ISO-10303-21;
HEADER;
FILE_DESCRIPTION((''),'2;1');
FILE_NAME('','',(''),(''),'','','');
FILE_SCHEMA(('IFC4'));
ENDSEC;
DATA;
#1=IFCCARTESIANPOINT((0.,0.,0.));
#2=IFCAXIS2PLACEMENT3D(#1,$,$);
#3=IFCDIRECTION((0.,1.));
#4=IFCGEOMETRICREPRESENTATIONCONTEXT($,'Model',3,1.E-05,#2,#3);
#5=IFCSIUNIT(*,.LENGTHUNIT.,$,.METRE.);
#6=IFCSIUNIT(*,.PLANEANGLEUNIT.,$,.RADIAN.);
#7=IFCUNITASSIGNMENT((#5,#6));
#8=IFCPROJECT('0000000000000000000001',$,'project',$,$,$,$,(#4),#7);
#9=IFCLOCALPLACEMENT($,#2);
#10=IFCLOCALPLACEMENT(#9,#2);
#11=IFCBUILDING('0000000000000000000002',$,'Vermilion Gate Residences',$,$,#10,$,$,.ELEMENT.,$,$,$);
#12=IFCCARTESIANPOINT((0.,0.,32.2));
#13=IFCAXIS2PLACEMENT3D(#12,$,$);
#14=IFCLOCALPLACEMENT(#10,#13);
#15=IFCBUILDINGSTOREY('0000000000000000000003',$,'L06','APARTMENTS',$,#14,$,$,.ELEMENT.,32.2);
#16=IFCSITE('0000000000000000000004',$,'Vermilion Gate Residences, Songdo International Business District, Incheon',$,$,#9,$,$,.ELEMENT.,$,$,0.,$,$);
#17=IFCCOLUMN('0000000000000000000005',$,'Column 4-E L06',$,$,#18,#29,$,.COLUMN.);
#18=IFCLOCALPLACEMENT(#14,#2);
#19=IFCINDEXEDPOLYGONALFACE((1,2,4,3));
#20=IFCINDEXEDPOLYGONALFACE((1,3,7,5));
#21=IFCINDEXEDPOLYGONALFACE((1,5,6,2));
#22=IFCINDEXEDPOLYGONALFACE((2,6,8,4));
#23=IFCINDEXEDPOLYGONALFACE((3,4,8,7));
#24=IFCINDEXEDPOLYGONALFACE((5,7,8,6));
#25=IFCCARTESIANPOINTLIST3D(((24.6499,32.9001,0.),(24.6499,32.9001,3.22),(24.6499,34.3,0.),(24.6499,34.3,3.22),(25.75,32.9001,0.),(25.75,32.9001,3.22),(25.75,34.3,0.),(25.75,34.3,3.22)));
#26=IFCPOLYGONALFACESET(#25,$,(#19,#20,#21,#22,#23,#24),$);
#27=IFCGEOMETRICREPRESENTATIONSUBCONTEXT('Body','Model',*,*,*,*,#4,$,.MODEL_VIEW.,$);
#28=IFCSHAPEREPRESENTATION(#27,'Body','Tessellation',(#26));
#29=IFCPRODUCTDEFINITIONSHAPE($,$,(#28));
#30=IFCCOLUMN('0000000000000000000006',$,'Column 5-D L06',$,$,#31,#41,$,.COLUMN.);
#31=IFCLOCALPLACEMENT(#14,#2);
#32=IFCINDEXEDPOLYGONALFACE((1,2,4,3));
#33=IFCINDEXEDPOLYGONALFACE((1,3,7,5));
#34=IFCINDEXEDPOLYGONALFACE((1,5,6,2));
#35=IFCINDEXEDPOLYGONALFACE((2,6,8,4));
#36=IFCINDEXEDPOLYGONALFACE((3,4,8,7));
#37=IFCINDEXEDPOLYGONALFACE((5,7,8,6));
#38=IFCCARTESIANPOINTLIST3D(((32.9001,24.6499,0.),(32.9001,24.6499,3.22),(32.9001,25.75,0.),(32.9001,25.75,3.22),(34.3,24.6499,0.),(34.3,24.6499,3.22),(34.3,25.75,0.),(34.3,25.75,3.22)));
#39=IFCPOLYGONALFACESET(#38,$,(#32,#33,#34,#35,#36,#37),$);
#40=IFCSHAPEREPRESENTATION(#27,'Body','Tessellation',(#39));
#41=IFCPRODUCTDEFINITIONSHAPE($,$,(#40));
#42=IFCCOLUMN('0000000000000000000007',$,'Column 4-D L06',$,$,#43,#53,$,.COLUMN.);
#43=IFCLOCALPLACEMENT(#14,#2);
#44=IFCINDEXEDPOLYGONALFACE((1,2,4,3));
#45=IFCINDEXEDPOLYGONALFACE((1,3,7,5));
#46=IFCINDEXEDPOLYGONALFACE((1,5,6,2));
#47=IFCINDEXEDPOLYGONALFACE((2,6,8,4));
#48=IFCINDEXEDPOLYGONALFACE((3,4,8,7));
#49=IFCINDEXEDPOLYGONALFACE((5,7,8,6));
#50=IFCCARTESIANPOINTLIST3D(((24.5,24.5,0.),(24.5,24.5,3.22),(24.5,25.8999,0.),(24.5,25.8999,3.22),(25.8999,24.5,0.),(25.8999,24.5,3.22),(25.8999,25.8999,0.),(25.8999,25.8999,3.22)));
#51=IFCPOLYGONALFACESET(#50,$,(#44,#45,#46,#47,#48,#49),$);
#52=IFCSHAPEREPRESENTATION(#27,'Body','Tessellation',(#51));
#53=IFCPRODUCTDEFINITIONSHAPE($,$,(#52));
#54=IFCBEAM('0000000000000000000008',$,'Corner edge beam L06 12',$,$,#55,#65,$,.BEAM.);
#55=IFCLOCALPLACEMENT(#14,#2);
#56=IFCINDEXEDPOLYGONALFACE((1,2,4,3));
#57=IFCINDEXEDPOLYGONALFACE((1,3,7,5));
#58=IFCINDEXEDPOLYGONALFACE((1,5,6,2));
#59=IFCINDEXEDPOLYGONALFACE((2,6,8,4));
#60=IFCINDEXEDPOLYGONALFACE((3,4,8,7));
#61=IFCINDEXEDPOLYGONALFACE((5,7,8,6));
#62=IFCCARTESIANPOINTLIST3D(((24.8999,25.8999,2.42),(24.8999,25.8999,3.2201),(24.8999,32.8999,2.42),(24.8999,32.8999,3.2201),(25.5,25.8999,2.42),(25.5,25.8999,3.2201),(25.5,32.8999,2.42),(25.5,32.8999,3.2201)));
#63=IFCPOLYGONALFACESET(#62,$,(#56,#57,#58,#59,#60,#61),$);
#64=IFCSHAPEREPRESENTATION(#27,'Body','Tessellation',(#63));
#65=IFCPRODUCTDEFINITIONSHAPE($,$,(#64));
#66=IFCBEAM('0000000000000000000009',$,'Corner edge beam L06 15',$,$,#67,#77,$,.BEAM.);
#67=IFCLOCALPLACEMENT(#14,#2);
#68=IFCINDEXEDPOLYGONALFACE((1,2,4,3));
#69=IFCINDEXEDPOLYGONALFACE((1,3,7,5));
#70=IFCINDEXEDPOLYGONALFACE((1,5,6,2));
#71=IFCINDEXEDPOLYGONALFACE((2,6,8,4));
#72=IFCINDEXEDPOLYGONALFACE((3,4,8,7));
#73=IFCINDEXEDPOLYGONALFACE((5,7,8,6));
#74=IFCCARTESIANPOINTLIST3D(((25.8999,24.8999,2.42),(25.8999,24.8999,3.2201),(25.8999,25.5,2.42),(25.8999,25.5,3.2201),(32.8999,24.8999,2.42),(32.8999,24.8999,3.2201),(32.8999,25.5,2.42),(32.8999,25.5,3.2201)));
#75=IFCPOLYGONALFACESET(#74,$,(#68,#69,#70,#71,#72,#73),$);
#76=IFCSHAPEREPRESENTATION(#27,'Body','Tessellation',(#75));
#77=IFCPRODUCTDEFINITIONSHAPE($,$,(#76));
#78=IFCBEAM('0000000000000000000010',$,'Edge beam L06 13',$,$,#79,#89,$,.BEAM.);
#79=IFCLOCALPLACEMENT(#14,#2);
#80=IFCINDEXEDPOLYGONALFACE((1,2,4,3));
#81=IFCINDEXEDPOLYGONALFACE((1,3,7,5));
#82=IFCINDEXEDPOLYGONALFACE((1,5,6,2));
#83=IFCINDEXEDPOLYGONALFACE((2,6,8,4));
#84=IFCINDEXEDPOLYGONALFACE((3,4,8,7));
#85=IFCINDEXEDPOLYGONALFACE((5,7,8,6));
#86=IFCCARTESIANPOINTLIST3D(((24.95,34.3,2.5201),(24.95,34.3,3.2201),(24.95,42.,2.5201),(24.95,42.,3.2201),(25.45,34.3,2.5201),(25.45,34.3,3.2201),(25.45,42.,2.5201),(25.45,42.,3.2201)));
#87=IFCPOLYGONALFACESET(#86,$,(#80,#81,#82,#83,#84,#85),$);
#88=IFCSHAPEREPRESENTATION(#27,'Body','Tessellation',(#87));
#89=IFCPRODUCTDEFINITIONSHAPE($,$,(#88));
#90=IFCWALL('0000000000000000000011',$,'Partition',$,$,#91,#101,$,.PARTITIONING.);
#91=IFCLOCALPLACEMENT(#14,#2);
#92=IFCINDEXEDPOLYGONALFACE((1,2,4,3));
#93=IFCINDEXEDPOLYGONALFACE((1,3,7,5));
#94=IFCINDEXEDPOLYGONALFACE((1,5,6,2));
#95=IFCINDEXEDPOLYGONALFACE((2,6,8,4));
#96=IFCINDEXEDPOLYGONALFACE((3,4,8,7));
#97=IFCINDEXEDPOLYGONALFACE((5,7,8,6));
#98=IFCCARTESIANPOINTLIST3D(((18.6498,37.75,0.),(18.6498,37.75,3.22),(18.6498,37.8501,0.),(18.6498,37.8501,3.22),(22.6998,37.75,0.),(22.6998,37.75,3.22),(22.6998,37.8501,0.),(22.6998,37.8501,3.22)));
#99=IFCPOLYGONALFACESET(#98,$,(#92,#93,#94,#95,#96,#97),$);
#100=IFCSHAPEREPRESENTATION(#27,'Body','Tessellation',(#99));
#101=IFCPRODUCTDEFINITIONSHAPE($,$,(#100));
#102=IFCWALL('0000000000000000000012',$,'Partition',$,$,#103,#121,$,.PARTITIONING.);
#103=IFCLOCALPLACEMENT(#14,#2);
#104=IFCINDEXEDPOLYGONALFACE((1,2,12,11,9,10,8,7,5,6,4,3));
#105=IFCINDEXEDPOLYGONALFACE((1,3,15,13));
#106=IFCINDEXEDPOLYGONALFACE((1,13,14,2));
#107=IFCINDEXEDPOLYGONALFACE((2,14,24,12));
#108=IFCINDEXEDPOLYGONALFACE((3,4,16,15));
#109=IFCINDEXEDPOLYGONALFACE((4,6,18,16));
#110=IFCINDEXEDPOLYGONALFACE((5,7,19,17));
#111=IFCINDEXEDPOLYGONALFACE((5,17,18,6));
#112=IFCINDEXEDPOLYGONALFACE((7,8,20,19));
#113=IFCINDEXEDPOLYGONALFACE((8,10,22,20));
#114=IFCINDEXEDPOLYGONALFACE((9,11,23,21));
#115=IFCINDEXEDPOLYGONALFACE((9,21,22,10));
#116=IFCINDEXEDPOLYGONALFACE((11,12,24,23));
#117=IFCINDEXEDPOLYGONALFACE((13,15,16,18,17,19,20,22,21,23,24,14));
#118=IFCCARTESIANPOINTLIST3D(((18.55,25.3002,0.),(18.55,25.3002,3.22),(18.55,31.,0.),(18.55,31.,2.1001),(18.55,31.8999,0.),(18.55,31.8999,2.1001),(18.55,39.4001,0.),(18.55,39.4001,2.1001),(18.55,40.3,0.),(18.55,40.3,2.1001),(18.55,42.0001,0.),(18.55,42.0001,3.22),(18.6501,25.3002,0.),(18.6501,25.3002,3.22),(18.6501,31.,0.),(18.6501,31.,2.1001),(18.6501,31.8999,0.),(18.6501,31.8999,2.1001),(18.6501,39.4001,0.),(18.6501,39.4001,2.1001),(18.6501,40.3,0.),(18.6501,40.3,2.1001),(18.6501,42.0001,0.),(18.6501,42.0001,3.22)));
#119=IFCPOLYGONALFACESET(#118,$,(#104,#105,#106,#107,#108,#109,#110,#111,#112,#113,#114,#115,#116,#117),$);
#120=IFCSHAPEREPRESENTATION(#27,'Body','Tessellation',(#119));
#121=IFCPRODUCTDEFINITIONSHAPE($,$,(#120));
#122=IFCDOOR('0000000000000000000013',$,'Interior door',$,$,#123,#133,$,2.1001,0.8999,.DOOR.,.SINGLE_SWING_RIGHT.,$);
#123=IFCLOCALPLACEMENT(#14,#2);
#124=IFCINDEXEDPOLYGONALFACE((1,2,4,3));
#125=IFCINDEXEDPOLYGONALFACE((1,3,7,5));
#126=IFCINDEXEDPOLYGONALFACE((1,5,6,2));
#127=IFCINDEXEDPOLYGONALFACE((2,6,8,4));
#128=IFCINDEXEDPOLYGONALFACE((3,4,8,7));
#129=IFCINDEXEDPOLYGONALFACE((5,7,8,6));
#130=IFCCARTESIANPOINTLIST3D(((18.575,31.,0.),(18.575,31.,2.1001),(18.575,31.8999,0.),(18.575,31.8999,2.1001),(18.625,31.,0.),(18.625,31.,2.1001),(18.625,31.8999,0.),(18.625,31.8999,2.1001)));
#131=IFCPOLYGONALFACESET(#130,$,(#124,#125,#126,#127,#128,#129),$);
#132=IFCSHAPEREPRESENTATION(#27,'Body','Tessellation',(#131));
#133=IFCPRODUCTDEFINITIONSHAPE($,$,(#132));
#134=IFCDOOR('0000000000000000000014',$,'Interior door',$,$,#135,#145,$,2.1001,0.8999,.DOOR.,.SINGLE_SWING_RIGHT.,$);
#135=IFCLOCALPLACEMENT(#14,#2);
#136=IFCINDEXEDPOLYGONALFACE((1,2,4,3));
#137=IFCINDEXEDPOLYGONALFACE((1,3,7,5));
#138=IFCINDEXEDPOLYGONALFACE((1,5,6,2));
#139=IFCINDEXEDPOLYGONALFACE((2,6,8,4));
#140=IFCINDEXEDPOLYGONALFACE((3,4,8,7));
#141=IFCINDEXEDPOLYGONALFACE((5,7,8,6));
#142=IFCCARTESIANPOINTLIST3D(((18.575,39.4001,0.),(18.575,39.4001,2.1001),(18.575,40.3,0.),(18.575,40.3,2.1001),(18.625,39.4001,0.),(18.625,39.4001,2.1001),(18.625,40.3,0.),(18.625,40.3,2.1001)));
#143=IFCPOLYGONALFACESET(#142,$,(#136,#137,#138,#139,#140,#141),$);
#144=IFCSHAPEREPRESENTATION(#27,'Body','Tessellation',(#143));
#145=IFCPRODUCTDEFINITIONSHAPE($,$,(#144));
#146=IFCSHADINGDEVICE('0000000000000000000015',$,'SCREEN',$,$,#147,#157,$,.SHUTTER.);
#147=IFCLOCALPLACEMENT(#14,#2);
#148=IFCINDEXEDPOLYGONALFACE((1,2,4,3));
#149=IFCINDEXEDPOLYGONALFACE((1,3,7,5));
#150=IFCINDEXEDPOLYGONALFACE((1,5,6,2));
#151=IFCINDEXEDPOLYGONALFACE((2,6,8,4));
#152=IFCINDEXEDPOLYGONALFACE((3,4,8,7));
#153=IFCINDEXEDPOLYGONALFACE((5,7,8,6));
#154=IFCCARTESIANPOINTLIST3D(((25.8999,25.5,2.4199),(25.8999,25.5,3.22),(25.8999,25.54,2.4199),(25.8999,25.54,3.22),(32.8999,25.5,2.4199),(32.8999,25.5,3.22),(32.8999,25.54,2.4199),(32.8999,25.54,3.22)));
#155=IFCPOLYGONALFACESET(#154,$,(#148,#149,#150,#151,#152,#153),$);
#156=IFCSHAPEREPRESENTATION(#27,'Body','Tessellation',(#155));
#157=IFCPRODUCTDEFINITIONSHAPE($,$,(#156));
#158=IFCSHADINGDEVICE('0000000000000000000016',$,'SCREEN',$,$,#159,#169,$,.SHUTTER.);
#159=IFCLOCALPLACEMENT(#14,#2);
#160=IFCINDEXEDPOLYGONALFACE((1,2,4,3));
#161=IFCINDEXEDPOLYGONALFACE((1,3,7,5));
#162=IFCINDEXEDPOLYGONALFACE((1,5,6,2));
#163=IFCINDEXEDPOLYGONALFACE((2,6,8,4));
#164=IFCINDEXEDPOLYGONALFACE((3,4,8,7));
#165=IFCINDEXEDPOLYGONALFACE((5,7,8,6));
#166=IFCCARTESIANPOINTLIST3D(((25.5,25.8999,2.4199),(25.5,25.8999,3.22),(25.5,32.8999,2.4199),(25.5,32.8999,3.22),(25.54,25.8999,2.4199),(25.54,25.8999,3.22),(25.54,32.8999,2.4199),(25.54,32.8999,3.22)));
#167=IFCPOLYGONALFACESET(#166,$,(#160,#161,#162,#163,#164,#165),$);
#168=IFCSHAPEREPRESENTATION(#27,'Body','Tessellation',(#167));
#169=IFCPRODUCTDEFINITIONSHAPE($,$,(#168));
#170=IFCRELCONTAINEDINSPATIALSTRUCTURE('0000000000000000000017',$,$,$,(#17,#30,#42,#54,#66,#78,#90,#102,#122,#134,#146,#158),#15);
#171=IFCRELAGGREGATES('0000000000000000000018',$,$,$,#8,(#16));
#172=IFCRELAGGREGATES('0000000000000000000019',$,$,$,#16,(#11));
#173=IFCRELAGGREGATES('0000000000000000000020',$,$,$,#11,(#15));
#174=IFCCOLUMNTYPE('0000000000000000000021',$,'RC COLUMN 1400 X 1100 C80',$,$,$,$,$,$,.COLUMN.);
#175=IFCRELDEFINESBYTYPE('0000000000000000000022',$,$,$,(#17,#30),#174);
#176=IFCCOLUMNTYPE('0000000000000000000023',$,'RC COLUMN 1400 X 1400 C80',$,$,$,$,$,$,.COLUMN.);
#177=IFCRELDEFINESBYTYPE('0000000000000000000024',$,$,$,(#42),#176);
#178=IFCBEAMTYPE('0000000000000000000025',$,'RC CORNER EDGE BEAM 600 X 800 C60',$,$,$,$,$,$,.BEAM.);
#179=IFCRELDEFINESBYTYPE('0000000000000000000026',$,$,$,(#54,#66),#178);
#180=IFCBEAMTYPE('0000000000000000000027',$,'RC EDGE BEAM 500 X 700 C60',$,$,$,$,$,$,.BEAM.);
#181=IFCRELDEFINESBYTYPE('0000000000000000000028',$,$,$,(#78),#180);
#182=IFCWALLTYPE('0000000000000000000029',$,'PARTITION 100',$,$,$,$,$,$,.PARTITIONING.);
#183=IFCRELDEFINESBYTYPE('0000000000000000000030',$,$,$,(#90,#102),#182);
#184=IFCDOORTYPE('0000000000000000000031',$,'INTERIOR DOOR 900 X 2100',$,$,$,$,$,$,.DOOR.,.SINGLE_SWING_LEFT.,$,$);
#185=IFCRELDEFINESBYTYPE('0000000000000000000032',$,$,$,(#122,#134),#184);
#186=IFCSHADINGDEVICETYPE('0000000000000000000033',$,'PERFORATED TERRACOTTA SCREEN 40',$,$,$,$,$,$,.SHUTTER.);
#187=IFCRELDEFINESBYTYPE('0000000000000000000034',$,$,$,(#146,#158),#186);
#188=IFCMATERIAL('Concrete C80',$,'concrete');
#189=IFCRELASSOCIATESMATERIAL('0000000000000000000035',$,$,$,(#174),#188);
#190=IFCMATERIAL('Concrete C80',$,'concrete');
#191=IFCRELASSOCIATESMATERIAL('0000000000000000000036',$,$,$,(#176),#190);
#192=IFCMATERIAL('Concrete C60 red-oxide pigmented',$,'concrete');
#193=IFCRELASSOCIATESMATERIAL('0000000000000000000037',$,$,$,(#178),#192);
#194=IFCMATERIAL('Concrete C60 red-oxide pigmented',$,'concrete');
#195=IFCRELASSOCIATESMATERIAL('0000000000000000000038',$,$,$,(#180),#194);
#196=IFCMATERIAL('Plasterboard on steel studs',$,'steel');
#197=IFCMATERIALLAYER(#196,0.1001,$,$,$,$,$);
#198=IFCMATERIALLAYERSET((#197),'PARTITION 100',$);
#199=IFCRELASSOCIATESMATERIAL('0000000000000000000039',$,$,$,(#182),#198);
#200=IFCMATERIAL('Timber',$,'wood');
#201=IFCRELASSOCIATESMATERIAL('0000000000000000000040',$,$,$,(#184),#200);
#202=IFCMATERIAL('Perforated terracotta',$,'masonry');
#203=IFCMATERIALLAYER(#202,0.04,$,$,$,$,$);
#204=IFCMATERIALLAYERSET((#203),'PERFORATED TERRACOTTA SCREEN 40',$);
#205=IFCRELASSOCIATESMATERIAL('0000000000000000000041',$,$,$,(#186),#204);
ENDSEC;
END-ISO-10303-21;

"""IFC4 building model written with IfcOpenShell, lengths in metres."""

from ifc_helpers import new_model, si_unit, direction, frame, frame_2d, origin, origin_2d, place, context, subcontext, project, spatial, rectangle, extrude, material, layer, layer_set, material_profile, profile_set, type_object, element, fill, save


model = new_model("IFC4")

# Units and contexts
model_context = context("Model", 3, precision=1e-05, world=origin(), true_north=direction((0.0, 1.0)))
body_context = subcontext(model_context, "Body", "Model", "MODEL_VIEW")
ifc_project = project(units=[si_unit("LENGTHUNIT", "METRE"), si_unit("PLANEANGLEUNIT", "RADIAN")], contexts=[model_context])

# Site, building, storey
site_placement = place(None, origin())
site = spatial("IfcSite", under=ifc_project, at=site_placement, Name="Vermilion Gate Residences, Songdo International Business District, Incheon", CompositionType="ELEMENT", RefElevation=0.0)
building_placement = place(site_placement, origin())
building = spatial("IfcBuilding", under=site, at=building_placement, Name="Vermilion Gate Residences", CompositionType="ELEMENT")
storey_placement = place(building_placement, frame((0.0, 0.0, 32.2)))
storey = spatial("IfcBuildingStorey", under=building, at=storey_placement, Name="L06", Description="APARTMENTS", CompositionType="ELEMENT", Elevation=32.2)

# Columns
ifc_material_1 = material(Name="Concrete C80", Category="concrete")
ifc_material_profile_1 = material_profile(ifc_material_1, rectangle(XDim=1.3999, YDim=1.1001, at=origin_2d()), Name="RC-1400x1100")
ifc_profile_set_1 = profile_set([ifc_material_profile_1], Name="Concrete C80")
column_type_1 = type_object("IfcColumnType", Name="RC COLUMN 1400 X 1100 C80", PredefinedType="COLUMN", material=ifc_profile_set_1)
for number, where, z_axis, x_axis, name in (
    (1, (25.2, 33.6001, 0.0), (0.0, 0.0, 1.0), (0.0, 1.0, 0.0), "Column 4-E L06"),
    (2, (33.6001, 25.2, 0.0), (0.0, 0.0, 1.0), (1.0, 0.0, 0.0), "Column 5-D L06"),
):
    element("IfcColumn", number, at=place(storey_placement, frame(where, z_axis=z_axis, x_axis=x_axis)), inside=storey, type_object=column_type_1, Name=name, PredefinedType="COLUMN", context=body_context, shape_type="SweptSolid", body=[
        extrude(rectangle(XDim=1.3999, YDim=1.1001, at=origin_2d()), origin(), (0.0, 0.0, 1.0), 3.22),
    ])
ifc_material_2 = material(Name="Concrete C80", Category="concrete")
ifc_material_profile_2 = material_profile(ifc_material_2, rectangle(XDim=1.3999, YDim=1.3999, at=origin_2d()), Name="RC-1400x1400")
ifc_profile_set_2 = profile_set([ifc_material_profile_2], Name="Concrete C80")
column_type_2 = type_object("IfcColumnType", Name="RC COLUMN 1400 X 1400 C80", PredefinedType="COLUMN", material=ifc_profile_set_2)
column_placement = place(storey_placement, frame((25.2, 25.2, 0.0), z_axis=(0.0, 0.0, 1.0), x_axis=(1.0, 0.0, 0.0)))
element("IfcColumn", 3, at=column_placement, inside=storey, type_object=column_type_2, Name="Column 4-D L06", PredefinedType="COLUMN", context=body_context, shape_type="SweptSolid", body=[
    extrude(rectangle(XDim=1.3999, YDim=1.3999, at=origin_2d()), origin(), (0.0, 0.0, 1.0), 3.22),
])

# Beams
ifc_material_3 = material(Name="Concrete C60 red-oxide pigmented", Category="concrete")
ifc_material_profile_3 = material_profile(ifc_material_3, rectangle(XDim=0.6001, YDim=0.8, at=origin_2d()), Name="RC-600x800")
ifc_profile_set_3 = profile_set([ifc_material_profile_3], Name="Concrete C60 red-oxide pigmented")
beam_type_1 = type_object("IfcBeamType", Name="RC CORNER EDGE BEAM 600 X 800 C60", PredefinedType="BEAM", material=ifc_profile_set_3)
for number, where, z_axis, x_axis, name in (
    (4, (25.2, 25.8999, 2.8201), (0.0, 1.0, 0.0), (-1.0, 0.0, 0.0), "Corner edge beam L06 12"),
    (5, (25.8999, 25.2, 2.8201), (1.0, 0.0, 0.0), (0.0, 1.0, 0.0), "Corner edge beam L06 15"),
):
    element("IfcBeam", number, at=place(storey_placement, frame(where, z_axis=z_axis, x_axis=x_axis)), inside=storey, type_object=beam_type_1, Name=name, PredefinedType="BEAM", context=body_context, shape_type="SweptSolid", body=[
        extrude(rectangle(XDim=0.6001, YDim=0.8, at=origin_2d()), origin(), (0.0, 0.0, 1.0), 7.0),
    ])
ifc_material_4 = material(Name="Concrete C60 red-oxide pigmented", Category="concrete")
ifc_material_profile_4 = material_profile(ifc_material_4, rectangle(XDim=0.5, YDim=0.7, at=origin_2d()), Name="RC-500x700")
ifc_profile_set_4 = profile_set([ifc_material_profile_4], Name="Concrete C60 red-oxide pigmented")
beam_type_2 = type_object("IfcBeamType", Name="RC EDGE BEAM 500 X 700 C60", PredefinedType="BEAM", material=ifc_profile_set_4)
beam_placement = place(storey_placement, frame((25.2, 34.3, 2.8701), z_axis=(0.0, 1.0, 0.0), x_axis=(-1.0, 0.0, 0.0)))
element("IfcBeam", 6, at=beam_placement, inside=storey, type_object=beam_type_2, Name="Edge beam L06 13", PredefinedType="BEAM", context=body_context, shape_type="SweptSolid", body=[
    extrude(rectangle(XDim=0.5, YDim=0.7, at=origin_2d()), origin(), (0.0, 0.0, 1.0), 7.7),
])

# Wall
ifc_material_5 = material(Name="Plasterboard on steel studs", Category="steel")
ifc_layer_1 = layer(ifc_material_5, 0.1001)
ifc_layer_set_1 = layer_set([ifc_layer_1], Name="PARTITION 100")
wall_type = type_object("IfcWallType", Name="PARTITION 100", PredefinedType="PARTITIONING", material=ifc_layer_set_1)
wall_1_placement = place(storey_placement, frame((18.6499, 37.8, 0.0), z_axis=(0.0, 0.0, 1.0), x_axis=(1.0, 0.0, 0.0)))
element("IfcWall", 7, at=wall_1_placement, inside=storey, type_object=wall_type, Name="Partition", PredefinedType="PARTITIONING", context=body_context, shape_type="SweptSolid", body=[
    extrude(rectangle(XDim=4.05, YDim=0.1001, at=frame_2d((2.0249, 0.0))), origin(), (0.0, 0.0, 1.0), 3.22),
])

# Wall, openings, doors
wall_2_placement = place(storey_placement, frame((18.6001, 25.3, 0.0), z_axis=(0.0, 0.0, 1.0), x_axis=(0.0, 1.0, 0.0)))
wall_2 = element("IfcWall", 8, at=wall_2_placement, inside=storey, type_object=wall_type, Name="Partition", PredefinedType="PARTITIONING", context=body_context, shape_type="SweptSolid", body=[
    extrude(rectangle(XDim=16.7, YDim=0.1001, at=frame_2d((8.3501, 0.0))), origin(), (0.0, 0.0, 1.0), 3.22),
])
opening_1_placement = place(wall_2_placement, frame((5.7, 0.0, 0.0)))
opening_1 = element("IfcOpeningElement", 9, at=opening_1_placement, cuts=wall_2, PredefinedType="OPENING", context=body_context, shape_type="SweptSolid", body=[
    extrude(rectangle(XDim=0.8999, YDim=2.1001, at=frame_2d((0.45, 1.05))), frame((0.0, 0.0601, 0.0), z_axis=(0.0, -1.0, 0.0), x_axis=(1.0, 0.0, 0.0)), (0.0, 0.0, 1.0), 0.1201),
])
opening_2_placement = place(wall_2_placement, frame((14.1001, 0.0, 0.0)))
opening_2 = element("IfcOpeningElement", 10, at=opening_2_placement, cuts=wall_2, PredefinedType="OPENING", context=body_context, shape_type="SweptSolid", body=[
    extrude(rectangle(XDim=0.8999, YDim=2.1001, at=frame_2d((0.45, 1.05))), frame((0.0, 0.0601, 0.0), z_axis=(0.0, -1.0, 0.0), x_axis=(1.0, 0.0, 0.0)), (0.0, 0.0, 1.0), 0.1201),
])
ifc_material_6 = material(Name="Timber", Category="wood")
door_type = type_object("IfcDoorType", Name="INTERIOR DOOR 900 X 2100", OperationType="SINGLE_SWING_LEFT", PredefinedType="DOOR", material=ifc_material_6)
door_1_placement = place(opening_1_placement, frame((0.8999, 0.0, 0.0), z_axis=(0.0, 0.0, 1.0), x_axis=(-1.0, 0.0, 0.0)))
door_1 = element("IfcDoor", 11, at=door_1_placement, inside=storey, type_object=door_type, Name="Interior door", OperationType="SINGLE_SWING_RIGHT", OverallHeight=2.1001, OverallWidth=0.8999, PredefinedType="DOOR", context=body_context, shape_type="SweptSolid", body=[
    extrude(rectangle(XDim=0.8999, YDim=2.1001, at=frame_2d((0.45, 1.05))), frame((0.0, 0.0249, 0.0), z_axis=(0.0, -1.0, 0.0), x_axis=(1.0, 0.0, 0.0)), (0.0, 0.0, 1.0), 0.05),
])
fill(opening_1, door_1)
door_2_placement = place(opening_2_placement, frame((0.8999, 0.0, 0.0), z_axis=(0.0, 0.0, 1.0), x_axis=(-1.0, 0.0, 0.0)))
door_2 = element("IfcDoor", 12, at=door_2_placement, inside=storey, type_object=door_type, Name="Interior door", OperationType="SINGLE_SWING_RIGHT", OverallHeight=2.1001, OverallWidth=0.8999, PredefinedType="DOOR", context=body_context, shape_type="SweptSolid", body=[
    extrude(rectangle(XDim=0.8999, YDim=2.1001, at=frame_2d((0.45, 1.05))), frame((0.0, 0.0249, 0.0), z_axis=(0.0, -1.0, 0.0), x_axis=(1.0, 0.0, 0.0)), (0.0, 0.0, 1.0), 0.05),
])
fill(opening_2, door_2)

# Shading devices
ifc_material_7 = material(Name="Perforated terracotta", Category="masonry")
ifc_layer_2 = layer(ifc_material_7, 0.04)
ifc_layer_set_2 = layer_set([ifc_layer_2], Name="PERFORATED TERRACOTTA SCREEN 40")
shading_device_type_1 = type_object("IfcShadingDeviceType", Name="PERFORATED TERRACOTTA SCREEN 40", PredefinedType="SHUTTER", material=ifc_layer_set_2)
for number, where, z_axis, x_axis, name in (
    (13, (29.3999, 25.52, 2.4199), (0.0, 0.0, 1.0), (-1.0, 0.0, 0.0), "SCREEN"),
    (14, (25.52, 29.3999, 2.4199), (0.0, 0.0, 1.0), (0.0, 1.0, 0.0), "SCREEN"),
):
    element("IfcShadingDevice", number, at=place(storey_placement, frame(where, z_axis=z_axis, x_axis=x_axis)), inside=storey, type_object=shading_device_type_1, Name=name, PredefinedType="SHUTTER", context=body_context, shape_type="SweptSolid", body=[
        extrude(rectangle(XDim=7.0, YDim=0.04, at=origin_2d()), origin(), (0.0, 0.0, 1.0), 0.8),
    ])

save(model, "model.ifc")
